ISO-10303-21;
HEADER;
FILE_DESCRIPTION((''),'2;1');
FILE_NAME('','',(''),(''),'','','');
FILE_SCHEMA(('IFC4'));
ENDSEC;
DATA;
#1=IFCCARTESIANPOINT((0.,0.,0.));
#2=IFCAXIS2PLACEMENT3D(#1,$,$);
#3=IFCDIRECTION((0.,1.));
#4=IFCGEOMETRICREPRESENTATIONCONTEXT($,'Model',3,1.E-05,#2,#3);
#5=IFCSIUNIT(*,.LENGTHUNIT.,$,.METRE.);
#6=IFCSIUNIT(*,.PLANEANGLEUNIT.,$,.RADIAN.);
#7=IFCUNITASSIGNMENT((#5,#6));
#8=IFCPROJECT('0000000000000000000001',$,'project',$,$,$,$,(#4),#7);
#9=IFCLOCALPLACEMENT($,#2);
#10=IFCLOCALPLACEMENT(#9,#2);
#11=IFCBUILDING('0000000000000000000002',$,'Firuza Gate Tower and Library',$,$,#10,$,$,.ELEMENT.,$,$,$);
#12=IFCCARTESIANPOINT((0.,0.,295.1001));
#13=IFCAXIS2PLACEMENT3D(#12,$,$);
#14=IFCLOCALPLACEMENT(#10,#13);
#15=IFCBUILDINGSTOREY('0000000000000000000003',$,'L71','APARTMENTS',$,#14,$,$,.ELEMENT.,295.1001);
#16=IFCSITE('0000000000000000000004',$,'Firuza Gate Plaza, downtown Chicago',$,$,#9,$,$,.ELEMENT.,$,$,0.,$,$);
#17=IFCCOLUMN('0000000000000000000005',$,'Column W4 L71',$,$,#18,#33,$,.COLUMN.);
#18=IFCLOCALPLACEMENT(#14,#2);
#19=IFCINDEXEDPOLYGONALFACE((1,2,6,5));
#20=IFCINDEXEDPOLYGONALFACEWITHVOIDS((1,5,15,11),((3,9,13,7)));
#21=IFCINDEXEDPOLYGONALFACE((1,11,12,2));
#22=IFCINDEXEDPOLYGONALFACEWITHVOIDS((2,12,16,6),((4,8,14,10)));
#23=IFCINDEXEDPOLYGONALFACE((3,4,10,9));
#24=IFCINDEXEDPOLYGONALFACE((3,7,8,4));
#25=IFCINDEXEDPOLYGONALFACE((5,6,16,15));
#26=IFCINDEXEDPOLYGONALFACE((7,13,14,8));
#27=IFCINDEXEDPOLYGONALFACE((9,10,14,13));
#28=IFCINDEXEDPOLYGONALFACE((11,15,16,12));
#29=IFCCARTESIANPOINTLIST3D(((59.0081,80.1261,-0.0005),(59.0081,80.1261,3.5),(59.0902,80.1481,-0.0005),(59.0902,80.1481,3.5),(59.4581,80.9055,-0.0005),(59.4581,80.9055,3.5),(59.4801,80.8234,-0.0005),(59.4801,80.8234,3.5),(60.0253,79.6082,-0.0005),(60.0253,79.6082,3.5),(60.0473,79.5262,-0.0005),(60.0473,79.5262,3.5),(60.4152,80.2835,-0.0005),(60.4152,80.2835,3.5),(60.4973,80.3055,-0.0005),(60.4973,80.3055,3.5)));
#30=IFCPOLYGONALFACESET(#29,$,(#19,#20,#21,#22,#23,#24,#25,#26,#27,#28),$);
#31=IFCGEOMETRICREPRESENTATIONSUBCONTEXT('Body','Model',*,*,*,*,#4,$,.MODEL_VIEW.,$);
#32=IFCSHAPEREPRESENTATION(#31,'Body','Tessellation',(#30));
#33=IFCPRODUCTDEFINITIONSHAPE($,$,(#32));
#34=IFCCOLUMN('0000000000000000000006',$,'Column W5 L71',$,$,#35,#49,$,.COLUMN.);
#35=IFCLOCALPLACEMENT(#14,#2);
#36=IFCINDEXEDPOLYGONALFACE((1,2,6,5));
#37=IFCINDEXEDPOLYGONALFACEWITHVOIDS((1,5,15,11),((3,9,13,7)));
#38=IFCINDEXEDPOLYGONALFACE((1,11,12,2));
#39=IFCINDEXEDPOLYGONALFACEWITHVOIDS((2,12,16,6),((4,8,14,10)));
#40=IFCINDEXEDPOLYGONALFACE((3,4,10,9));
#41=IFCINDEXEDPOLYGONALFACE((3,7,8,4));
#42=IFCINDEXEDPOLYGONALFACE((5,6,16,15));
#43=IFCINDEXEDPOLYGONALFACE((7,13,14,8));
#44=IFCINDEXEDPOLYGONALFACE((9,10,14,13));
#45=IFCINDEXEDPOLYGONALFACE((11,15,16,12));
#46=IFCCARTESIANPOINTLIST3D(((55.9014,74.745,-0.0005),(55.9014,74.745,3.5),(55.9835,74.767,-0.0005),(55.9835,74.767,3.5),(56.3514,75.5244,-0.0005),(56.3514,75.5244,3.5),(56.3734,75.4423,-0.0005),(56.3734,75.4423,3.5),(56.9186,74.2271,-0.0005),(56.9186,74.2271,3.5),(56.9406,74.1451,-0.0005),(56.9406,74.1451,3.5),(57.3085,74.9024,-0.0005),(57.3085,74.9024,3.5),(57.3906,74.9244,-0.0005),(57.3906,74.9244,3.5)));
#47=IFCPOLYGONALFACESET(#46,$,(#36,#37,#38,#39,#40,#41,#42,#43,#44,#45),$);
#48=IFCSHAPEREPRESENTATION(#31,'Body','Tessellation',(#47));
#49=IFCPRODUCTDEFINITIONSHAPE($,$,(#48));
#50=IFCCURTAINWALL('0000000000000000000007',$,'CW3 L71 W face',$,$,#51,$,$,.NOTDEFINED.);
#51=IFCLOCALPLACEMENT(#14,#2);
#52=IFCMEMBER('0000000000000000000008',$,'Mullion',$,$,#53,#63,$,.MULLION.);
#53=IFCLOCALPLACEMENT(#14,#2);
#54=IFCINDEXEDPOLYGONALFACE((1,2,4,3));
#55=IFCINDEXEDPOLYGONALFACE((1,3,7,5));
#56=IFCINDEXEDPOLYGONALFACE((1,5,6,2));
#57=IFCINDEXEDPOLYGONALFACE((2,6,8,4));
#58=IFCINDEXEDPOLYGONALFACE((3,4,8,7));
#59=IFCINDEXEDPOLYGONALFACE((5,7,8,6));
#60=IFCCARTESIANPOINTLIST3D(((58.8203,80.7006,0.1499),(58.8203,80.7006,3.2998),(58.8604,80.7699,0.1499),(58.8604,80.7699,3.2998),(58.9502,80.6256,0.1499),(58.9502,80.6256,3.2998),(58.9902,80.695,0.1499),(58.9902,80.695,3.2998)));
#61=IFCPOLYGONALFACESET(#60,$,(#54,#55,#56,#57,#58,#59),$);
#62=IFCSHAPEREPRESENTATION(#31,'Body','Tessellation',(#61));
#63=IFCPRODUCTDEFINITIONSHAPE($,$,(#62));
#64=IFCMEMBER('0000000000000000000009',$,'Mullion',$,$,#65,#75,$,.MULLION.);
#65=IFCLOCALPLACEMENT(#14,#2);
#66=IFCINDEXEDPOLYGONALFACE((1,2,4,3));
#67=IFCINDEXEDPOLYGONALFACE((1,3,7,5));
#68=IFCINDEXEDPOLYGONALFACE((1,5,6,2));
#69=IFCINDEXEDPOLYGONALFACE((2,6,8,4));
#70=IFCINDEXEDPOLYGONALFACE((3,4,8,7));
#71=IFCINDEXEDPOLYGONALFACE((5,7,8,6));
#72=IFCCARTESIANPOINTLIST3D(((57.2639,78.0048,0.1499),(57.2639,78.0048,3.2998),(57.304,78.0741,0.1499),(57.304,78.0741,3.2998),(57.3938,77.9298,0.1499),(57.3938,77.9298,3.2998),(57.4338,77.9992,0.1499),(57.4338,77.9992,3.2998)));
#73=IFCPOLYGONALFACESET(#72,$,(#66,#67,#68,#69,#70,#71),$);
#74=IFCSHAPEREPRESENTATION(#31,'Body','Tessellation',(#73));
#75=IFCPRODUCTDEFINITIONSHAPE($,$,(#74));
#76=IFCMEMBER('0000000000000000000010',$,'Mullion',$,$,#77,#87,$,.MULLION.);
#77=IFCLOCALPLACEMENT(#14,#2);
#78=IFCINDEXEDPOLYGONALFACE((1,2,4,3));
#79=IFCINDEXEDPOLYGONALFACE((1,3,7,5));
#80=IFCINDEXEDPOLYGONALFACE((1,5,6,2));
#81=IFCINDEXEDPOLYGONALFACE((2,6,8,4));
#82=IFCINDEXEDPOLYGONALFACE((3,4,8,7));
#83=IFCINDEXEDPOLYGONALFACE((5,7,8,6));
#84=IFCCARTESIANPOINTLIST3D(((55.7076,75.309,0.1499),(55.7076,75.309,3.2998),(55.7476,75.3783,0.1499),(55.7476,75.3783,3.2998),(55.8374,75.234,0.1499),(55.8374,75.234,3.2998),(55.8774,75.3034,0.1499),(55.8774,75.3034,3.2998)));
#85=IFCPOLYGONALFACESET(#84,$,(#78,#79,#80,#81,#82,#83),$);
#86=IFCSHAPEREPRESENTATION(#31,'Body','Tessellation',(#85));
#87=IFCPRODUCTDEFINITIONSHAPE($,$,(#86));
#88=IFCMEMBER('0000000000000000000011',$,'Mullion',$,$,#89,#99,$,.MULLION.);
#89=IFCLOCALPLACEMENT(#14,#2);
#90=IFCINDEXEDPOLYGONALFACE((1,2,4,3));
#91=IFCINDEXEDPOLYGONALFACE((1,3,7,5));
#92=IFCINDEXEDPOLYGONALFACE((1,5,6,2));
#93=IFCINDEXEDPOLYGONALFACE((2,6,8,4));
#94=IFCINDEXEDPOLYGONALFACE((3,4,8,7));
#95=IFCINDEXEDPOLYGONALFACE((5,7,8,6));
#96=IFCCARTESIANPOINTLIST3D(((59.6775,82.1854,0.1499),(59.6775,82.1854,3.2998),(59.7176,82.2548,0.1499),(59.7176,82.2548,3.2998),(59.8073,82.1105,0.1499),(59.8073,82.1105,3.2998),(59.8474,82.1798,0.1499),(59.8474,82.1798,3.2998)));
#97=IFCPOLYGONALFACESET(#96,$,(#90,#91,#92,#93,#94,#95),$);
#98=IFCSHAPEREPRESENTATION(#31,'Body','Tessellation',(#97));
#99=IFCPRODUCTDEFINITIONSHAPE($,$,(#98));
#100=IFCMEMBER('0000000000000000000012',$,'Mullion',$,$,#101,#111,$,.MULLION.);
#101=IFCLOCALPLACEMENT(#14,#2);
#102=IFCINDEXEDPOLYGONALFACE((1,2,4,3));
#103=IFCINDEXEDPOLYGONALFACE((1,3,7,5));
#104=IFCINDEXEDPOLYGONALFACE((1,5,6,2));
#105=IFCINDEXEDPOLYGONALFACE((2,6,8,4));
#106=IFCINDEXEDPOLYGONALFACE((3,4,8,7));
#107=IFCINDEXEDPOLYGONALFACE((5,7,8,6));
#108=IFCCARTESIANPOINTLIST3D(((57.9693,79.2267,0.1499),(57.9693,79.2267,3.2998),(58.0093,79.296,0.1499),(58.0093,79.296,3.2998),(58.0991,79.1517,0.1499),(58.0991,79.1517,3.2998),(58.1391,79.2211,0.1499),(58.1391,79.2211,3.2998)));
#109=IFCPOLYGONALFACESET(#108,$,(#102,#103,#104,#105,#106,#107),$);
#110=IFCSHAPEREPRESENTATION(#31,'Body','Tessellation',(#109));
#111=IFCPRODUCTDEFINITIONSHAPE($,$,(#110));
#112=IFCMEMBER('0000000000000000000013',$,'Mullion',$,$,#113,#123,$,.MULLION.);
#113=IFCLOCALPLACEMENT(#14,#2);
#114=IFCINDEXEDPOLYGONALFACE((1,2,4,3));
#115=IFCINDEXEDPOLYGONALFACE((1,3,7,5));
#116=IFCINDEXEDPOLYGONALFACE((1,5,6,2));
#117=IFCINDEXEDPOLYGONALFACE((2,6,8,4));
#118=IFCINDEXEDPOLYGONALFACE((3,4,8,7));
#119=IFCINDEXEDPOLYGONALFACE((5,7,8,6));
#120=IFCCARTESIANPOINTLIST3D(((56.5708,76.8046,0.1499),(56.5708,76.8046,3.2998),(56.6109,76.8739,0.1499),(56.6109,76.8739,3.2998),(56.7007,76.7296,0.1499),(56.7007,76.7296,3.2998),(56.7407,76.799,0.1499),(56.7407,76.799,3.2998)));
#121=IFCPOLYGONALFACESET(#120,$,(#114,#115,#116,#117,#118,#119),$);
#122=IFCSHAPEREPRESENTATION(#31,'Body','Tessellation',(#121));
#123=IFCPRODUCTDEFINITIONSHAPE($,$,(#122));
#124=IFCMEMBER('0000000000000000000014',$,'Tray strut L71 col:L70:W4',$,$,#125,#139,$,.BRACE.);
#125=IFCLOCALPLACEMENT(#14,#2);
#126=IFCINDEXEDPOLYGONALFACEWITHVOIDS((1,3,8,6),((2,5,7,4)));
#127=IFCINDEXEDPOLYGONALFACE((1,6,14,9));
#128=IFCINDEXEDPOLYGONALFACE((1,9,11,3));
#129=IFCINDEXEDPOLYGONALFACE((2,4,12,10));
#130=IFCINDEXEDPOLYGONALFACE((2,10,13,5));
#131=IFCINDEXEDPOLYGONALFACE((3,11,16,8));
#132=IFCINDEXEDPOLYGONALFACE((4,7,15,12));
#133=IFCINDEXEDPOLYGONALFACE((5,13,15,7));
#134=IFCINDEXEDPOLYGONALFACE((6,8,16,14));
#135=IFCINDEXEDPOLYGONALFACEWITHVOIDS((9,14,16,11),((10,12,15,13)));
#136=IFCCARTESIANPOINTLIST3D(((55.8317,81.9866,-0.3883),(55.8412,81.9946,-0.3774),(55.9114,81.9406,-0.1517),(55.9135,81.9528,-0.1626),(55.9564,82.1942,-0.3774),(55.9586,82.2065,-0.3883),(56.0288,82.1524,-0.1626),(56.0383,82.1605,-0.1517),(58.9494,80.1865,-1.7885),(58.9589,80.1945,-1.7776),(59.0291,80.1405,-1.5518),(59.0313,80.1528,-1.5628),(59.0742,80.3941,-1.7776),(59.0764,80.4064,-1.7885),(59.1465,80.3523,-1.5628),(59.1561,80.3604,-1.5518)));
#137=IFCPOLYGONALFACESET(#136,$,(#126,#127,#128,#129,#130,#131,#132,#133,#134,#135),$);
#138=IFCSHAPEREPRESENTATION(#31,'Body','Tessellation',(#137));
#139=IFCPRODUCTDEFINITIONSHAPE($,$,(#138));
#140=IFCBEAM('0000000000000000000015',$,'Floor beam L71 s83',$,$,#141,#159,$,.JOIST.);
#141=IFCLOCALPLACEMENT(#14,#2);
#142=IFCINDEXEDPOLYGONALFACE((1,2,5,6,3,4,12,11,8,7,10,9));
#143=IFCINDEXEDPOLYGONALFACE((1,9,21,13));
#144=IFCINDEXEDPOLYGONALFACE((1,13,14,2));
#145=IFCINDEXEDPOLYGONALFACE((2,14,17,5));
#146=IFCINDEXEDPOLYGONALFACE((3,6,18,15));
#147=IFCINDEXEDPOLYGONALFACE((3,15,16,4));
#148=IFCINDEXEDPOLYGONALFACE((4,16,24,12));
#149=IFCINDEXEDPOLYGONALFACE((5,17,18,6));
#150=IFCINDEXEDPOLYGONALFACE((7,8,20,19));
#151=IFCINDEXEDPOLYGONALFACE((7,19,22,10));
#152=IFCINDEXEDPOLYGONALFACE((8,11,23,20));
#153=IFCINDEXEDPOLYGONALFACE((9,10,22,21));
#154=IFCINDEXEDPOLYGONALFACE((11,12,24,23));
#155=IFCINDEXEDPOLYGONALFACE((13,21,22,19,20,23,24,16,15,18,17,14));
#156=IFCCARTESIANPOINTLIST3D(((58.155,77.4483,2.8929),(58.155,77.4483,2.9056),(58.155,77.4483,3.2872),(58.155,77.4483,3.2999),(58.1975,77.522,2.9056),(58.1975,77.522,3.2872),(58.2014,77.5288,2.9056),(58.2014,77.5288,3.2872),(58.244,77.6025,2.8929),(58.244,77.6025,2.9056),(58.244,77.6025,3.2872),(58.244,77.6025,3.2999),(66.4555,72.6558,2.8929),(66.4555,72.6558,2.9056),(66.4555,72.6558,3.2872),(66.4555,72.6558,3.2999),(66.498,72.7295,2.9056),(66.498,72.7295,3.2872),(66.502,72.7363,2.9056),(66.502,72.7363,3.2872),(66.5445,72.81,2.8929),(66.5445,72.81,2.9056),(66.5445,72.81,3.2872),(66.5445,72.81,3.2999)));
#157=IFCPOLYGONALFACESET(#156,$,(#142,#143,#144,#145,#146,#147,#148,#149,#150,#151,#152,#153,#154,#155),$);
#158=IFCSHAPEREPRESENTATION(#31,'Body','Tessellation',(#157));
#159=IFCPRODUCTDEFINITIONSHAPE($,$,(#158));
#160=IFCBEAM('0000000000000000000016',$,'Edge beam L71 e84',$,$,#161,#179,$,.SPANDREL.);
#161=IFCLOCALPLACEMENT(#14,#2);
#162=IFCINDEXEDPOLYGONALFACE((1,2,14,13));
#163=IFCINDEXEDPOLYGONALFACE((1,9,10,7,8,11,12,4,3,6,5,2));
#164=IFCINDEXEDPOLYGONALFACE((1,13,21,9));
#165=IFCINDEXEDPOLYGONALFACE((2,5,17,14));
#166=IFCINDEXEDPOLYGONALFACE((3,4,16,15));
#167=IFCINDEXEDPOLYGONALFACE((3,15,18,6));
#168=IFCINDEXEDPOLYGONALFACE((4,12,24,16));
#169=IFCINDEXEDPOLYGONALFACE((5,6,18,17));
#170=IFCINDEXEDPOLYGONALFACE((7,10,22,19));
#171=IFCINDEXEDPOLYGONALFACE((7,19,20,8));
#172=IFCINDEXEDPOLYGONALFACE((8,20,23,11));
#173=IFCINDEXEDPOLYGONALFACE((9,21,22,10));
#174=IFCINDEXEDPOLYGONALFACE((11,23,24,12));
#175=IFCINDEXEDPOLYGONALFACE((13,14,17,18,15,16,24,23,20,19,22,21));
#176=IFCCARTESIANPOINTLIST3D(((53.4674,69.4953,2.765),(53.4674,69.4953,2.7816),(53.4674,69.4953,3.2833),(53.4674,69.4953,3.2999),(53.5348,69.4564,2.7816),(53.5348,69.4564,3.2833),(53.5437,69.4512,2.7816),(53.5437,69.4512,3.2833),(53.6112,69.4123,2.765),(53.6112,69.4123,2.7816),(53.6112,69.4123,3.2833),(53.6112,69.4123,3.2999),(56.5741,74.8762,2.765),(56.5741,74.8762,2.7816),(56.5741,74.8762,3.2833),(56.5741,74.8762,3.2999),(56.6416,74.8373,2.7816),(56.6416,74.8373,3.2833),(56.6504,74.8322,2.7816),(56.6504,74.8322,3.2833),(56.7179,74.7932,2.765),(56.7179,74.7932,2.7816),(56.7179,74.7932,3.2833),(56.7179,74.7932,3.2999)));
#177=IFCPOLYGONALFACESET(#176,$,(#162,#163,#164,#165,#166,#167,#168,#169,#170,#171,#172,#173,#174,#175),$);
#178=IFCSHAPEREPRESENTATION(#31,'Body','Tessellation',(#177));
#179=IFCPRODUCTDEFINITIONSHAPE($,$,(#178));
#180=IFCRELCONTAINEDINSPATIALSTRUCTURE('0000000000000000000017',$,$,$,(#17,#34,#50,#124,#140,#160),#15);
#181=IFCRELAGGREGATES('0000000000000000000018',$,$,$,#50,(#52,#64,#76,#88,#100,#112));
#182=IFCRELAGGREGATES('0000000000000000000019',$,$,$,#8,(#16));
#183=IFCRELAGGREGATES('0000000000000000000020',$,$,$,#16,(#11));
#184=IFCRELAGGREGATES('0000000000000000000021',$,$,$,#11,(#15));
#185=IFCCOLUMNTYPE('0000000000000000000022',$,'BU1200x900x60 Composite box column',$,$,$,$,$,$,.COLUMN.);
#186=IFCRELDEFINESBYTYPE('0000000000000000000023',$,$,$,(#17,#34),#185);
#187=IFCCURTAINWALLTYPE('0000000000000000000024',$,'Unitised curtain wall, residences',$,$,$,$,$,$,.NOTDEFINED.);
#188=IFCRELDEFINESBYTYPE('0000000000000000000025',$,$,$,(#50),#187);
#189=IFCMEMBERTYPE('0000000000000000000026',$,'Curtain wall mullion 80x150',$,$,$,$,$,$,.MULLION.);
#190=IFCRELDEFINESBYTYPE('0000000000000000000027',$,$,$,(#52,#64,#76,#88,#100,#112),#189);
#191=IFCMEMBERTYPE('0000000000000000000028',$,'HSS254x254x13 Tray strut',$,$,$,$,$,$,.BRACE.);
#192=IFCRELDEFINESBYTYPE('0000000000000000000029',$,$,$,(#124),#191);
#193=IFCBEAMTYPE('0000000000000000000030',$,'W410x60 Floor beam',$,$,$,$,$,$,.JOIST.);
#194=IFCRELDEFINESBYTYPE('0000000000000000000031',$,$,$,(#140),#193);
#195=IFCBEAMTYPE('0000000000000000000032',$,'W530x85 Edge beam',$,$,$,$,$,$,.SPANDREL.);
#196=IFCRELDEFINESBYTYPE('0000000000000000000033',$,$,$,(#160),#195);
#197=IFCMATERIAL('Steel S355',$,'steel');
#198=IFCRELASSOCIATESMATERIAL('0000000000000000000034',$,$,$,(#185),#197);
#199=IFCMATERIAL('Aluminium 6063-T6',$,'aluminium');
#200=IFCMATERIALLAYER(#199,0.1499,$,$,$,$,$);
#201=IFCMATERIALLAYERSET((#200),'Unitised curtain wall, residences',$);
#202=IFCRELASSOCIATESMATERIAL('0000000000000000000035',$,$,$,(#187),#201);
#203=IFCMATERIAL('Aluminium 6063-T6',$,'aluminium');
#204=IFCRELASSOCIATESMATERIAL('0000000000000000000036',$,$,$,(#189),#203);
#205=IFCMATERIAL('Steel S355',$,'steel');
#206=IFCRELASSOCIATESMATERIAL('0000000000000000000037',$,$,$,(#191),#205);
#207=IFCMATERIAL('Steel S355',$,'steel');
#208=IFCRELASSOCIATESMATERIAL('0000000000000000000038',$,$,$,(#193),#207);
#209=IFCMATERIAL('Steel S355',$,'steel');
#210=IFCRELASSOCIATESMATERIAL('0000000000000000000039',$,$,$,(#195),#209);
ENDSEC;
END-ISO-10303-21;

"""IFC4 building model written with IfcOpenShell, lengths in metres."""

from ifc_helpers import new_model, si_unit, direction, frame, origin, origin_2d, place, context, subcontext, project, spatial, rectangle, hollow_rectangle, i_section, extrude, material, layer, layer_set, material_profile, profile_set, type_object, element, aggregate, save


model = new_model("IFC4")

# Units and contexts
model_context = context("Model", 3, precision=1e-05, world=origin(), true_north=direction((0.0, 1.0)))
body_context = subcontext(model_context, "Body", "Model", "MODEL_VIEW")
ifc_project = project(units=[si_unit("LENGTHUNIT", "METRE"), si_unit("PLANEANGLEUNIT", "RADIAN")], contexts=[model_context])

# Site, building, storey
site_placement = place(None, origin())
site = spatial("IfcSite", under=ifc_project, at=site_placement, Name="Firuza Gate Plaza, downtown Chicago", CompositionType="ELEMENT", RefElevation=0.0)
building_placement = place(site_placement, origin())
building = spatial("IfcBuilding", under=site, at=building_placement, Name="Firuza Gate Tower and Library", CompositionType="ELEMENT")
storey_placement = place(building_placement, frame((0.0, 0.0, 295.1001)))
storey = spatial("IfcBuildingStorey", under=building, at=storey_placement, Name="L71", Description="APARTMENTS", CompositionType="ELEMENT", Elevation=295.1001)

# Columns
ifc_material_1 = material(Name="Steel S355", Category="steel")
ifc_material_profile_1 = material_profile(ifc_material_1, hollow_rectangle(XDim=0.8999, YDim=1.2, WallThickness=0.0601, at=origin_2d()))
ifc_profile_set_1 = profile_set([ifc_material_profile_1], Name="Steel S355")
column_type = type_object("IfcColumnType", Name="BU1200x900x60 Composite box column", PredefinedType="COLUMN", material=ifc_profile_set_1)
for number, where, z_axis, x_axis, name in (
    (1, (59.7527, 80.2158, -0.0005), (0.0, 0.0, 1.0), (-0.5, -0.866025, 0.0), "Column W4 L71"),
    (2, (56.646, 74.8347, -0.0005), (0.0, 0.0, 1.0), (-0.5, -0.866025, 0.0), "Column W5 L71"),
):
    element("IfcColumn", number, at=place(storey_placement, frame(where, z_axis=z_axis, x_axis=x_axis)), inside=storey, type_object=column_type, Name=name, PredefinedType="COLUMN", context=body_context, shape_type="SweptSolid", body=[
        extrude(hollow_rectangle(XDim=0.8999, YDim=1.2, WallThickness=0.0601, at=origin_2d()), origin(), (0.0, 0.0, 1.0), 3.5005),
    ])

# Curtain wall, members
ifc_material_2 = material(Name="Aluminium 6063-T6", Category="aluminium")
ifc_layer_1 = layer(ifc_material_2, 0.1499)
ifc_layer_set_1 = layer_set([ifc_layer_1], Name="Unitised curtain wall, residences")
curtain_wall_type = type_object("IfcCurtainWallType", Name="Unitised curtain wall, residences", PredefinedType="NOTDEFINED", material=ifc_layer_set_1)
curtain_wall_placement = place(storey_placement, origin())
curtain_wall = element("IfcCurtainWall", 3, at=curtain_wall_placement, inside=storey, type_object=curtain_wall_type, Name="CW3 L71 W face", PredefinedType="NOTDEFINED")
ifc_material_3 = material(Name="Aluminium 6063-T6", Category="aluminium")
ifc_material_profile_2 = material_profile(ifc_material_3, rectangle(XDim=0.1499, YDim=0.0801, at=origin_2d()))
ifc_profile_set_2 = profile_set([ifc_material_profile_2], Name="Aluminium 6063-T6")
member_type_1 = type_object("IfcMemberType", Name="Curtain wall mullion 80x150", PredefinedType="MULLION", material=ifc_profile_set_2)
member_1_placement = place(storey_placement, frame((58.9053, 80.6978, 0.1499), z_axis=(0.0, 0.0, 1.0), x_axis=(0.866025, -0.5, 0.0)))
member_1 = element("IfcMember", 4, at=member_1_placement, type_object=member_type_1, Name="Mullion", PredefinedType="MULLION", context=body_context, shape_type="SweptSolid", body=[
    extrude(rectangle(XDim=0.1499, YDim=0.0801, at=origin_2d()), origin(), (0.0, 0.0, 1.0), 3.1499),
])
member_2_placement = place(storey_placement, frame((57.3489, 78.002, 0.1499), z_axis=(0.0, 0.0, 1.0), x_axis=(0.866025, -0.5, 0.0)))
member_2 = element("IfcMember", 5, at=member_2_placement, type_object=member_type_1, Name="Mullion", PredefinedType="MULLION", context=body_context, shape_type="SweptSolid", body=[
    extrude(rectangle(XDim=0.1499, YDim=0.0801, at=origin_2d()), origin(), (0.0, 0.0, 1.0), 3.1499),
])
member_3_placement = place(storey_placement, frame((55.7925, 75.3062, 0.1499), z_axis=(0.0, 0.0, 1.0), x_axis=(0.866025, -0.5, 0.0)))
member_3 = element("IfcMember", 6, at=member_3_placement, type_object=member_type_1, Name="Mullion", PredefinedType="MULLION", context=body_context, shape_type="SweptSolid", body=[
    extrude(rectangle(XDim=0.1499, YDim=0.0801, at=origin_2d()), origin(), (0.0, 0.0, 1.0), 3.1499),
])
member_4_placement = place(storey_placement, frame((59.7625, 82.1826, 0.1499), z_axis=(0.0, 0.0, 1.0), x_axis=(0.866025, -0.5, 0.0)))
member_4 = element("IfcMember", 7, at=member_4_placement, type_object=member_type_1, Name="Mullion", PredefinedType="MULLION", context=body_context, shape_type="SweptSolid", body=[
    extrude(rectangle(XDim=0.1499, YDim=0.0801, at=origin_2d()), origin(), (0.0, 0.0, 1.0), 3.1499),
])
member_5_placement = place(storey_placement, frame((58.0542, 79.2239, 0.1499), z_axis=(0.0, 0.0, 1.0), x_axis=(0.866025, -0.5, 0.0)))
member_5 = element("IfcMember", 8, at=member_5_placement, type_object=member_type_1, Name="Mullion", PredefinedType="MULLION", context=body_context, shape_type="SweptSolid", body=[
    extrude(rectangle(XDim=0.1499, YDim=0.0801, at=origin_2d()), origin(), (0.0, 0.0, 1.0), 3.1499),
])
member_6_placement = place(storey_placement, frame((56.6558, 76.8018, 0.1499), z_axis=(0.0, 0.0, 1.0), x_axis=(0.866025, -0.5, 0.0)))
member_6 = element("IfcMember", 9, at=member_6_placement, type_object=member_type_1, Name="Mullion", PredefinedType="MULLION", context=body_context, shape_type="SweptSolid", body=[
    extrude(rectangle(XDim=0.1499, YDim=0.0801, at=origin_2d()), origin(), (0.0, 0.0, 1.0), 3.1499),
])

# Member
ifc_material_4 = material(Name="Steel S355", Category="steel")
ifc_material_profile_3 = material_profile(ifc_material_4, hollow_rectangle(XDim=0.2539, YDim=0.2539, WallThickness=0.0117, at=origin_2d()))
ifc_profile_set_3 = profile_set([ifc_material_profile_3], Name="Steel S355")
member_type_2 = type_object("IfcMemberType", Name="HSS254x254x13 Tray strut", PredefinedType="BRACE", material=ifc_profile_set_3)
member_7_placement = place(storey_placement, frame((59.0527, 80.2734, -1.6702), z_axis=(-0.807122, 0.466007, 0.362478), x_axis=(-0.500012, -0.866018, 0.0)))
element("IfcMember", 10, at=member_7_placement, inside=storey, type_object=member_type_2, Name="Tray strut L71 col:L70:W4", PredefinedType="BRACE", context=body_context, shape_type="SweptSolid", body=[
    extrude(hollow_rectangle(XDim=0.2539, YDim=0.2539, WallThickness=0.0117, at=origin_2d()), origin(), (0.0, 0.0, 1.0), 3.8628),
])

# Beams
ifc_material_5 = material(Name="Steel S355", Category="steel")
ifc_material_profile_4 = material_profile(ifc_material_5, i_section(OverallWidth=0.178, OverallDepth=0.407, WebThickness=0.0078, FlangeThickness=0.0127, at=origin_2d()))
ifc_profile_set_4 = profile_set([ifc_material_profile_4], Name="Steel S355")
beam_type_1 = type_object("IfcBeamType", Name="W410x60 Floor beam", PredefinedType="JOIST", material=ifc_profile_set_4)
beam_1_placement = place(storey_placement, frame((58.1995, 77.5254, 3.0964), z_axis=(0.866018, -0.500013, 0.0), x_axis=(0.500013, 0.866018, 0.0)))
element("IfcBeam", 11, at=beam_1_placement, inside=storey, type_object=beam_type_1, Name="Floor beam L71 s83", PredefinedType="JOIST", context=body_context, shape_type="SweptSolid", body=[
    extrude(i_section(OverallWidth=0.178, OverallDepth=0.407, WebThickness=0.0078, FlangeThickness=0.0127, at=origin_2d()), origin(), (0.0, 0.0, 1.0), 9.5847),
])
ifc_material_6 = material(Name="Steel S355", Category="steel")
ifc_material_profile_5 = material_profile(ifc_material_6, i_section(OverallWidth=0.166, OverallDepth=0.5349, WebThickness=0.0103, FlangeThickness=0.0166, at=origin_2d()))
ifc_profile_set_5 = profile_set([ifc_material_profile_5], Name="Steel S355")
beam_type_2 = type_object("IfcBeamType", Name="W530x85 Edge beam", PredefinedType="SPANDREL", material=ifc_profile_set_5)
beam_2_placement = place(storey_placement, frame((56.646, 74.8347, 3.0325), z_axis=(-0.500006, -0.866022, 0.0), x_axis=(0.866022, -0.500006, 0.0)))
element("IfcBeam", 12, at=beam_2_placement, inside=storey, type_object=beam_type_2, Name="Edge beam L71 e84", PredefinedType="SPANDREL", context=body_context, shape_type="SweptSolid", body=[
    extrude(i_section(OverallWidth=0.166, OverallDepth=0.5349, WebThickness=0.0103, FlangeThickness=0.0166, at=origin_2d()), origin(), (0.0, 0.0, 1.0), 6.2134),
])

aggregate(curtain_wall, [member_1, member_2, member_3, member_4, member_5, member_6])

save(model, "model.ifc")
